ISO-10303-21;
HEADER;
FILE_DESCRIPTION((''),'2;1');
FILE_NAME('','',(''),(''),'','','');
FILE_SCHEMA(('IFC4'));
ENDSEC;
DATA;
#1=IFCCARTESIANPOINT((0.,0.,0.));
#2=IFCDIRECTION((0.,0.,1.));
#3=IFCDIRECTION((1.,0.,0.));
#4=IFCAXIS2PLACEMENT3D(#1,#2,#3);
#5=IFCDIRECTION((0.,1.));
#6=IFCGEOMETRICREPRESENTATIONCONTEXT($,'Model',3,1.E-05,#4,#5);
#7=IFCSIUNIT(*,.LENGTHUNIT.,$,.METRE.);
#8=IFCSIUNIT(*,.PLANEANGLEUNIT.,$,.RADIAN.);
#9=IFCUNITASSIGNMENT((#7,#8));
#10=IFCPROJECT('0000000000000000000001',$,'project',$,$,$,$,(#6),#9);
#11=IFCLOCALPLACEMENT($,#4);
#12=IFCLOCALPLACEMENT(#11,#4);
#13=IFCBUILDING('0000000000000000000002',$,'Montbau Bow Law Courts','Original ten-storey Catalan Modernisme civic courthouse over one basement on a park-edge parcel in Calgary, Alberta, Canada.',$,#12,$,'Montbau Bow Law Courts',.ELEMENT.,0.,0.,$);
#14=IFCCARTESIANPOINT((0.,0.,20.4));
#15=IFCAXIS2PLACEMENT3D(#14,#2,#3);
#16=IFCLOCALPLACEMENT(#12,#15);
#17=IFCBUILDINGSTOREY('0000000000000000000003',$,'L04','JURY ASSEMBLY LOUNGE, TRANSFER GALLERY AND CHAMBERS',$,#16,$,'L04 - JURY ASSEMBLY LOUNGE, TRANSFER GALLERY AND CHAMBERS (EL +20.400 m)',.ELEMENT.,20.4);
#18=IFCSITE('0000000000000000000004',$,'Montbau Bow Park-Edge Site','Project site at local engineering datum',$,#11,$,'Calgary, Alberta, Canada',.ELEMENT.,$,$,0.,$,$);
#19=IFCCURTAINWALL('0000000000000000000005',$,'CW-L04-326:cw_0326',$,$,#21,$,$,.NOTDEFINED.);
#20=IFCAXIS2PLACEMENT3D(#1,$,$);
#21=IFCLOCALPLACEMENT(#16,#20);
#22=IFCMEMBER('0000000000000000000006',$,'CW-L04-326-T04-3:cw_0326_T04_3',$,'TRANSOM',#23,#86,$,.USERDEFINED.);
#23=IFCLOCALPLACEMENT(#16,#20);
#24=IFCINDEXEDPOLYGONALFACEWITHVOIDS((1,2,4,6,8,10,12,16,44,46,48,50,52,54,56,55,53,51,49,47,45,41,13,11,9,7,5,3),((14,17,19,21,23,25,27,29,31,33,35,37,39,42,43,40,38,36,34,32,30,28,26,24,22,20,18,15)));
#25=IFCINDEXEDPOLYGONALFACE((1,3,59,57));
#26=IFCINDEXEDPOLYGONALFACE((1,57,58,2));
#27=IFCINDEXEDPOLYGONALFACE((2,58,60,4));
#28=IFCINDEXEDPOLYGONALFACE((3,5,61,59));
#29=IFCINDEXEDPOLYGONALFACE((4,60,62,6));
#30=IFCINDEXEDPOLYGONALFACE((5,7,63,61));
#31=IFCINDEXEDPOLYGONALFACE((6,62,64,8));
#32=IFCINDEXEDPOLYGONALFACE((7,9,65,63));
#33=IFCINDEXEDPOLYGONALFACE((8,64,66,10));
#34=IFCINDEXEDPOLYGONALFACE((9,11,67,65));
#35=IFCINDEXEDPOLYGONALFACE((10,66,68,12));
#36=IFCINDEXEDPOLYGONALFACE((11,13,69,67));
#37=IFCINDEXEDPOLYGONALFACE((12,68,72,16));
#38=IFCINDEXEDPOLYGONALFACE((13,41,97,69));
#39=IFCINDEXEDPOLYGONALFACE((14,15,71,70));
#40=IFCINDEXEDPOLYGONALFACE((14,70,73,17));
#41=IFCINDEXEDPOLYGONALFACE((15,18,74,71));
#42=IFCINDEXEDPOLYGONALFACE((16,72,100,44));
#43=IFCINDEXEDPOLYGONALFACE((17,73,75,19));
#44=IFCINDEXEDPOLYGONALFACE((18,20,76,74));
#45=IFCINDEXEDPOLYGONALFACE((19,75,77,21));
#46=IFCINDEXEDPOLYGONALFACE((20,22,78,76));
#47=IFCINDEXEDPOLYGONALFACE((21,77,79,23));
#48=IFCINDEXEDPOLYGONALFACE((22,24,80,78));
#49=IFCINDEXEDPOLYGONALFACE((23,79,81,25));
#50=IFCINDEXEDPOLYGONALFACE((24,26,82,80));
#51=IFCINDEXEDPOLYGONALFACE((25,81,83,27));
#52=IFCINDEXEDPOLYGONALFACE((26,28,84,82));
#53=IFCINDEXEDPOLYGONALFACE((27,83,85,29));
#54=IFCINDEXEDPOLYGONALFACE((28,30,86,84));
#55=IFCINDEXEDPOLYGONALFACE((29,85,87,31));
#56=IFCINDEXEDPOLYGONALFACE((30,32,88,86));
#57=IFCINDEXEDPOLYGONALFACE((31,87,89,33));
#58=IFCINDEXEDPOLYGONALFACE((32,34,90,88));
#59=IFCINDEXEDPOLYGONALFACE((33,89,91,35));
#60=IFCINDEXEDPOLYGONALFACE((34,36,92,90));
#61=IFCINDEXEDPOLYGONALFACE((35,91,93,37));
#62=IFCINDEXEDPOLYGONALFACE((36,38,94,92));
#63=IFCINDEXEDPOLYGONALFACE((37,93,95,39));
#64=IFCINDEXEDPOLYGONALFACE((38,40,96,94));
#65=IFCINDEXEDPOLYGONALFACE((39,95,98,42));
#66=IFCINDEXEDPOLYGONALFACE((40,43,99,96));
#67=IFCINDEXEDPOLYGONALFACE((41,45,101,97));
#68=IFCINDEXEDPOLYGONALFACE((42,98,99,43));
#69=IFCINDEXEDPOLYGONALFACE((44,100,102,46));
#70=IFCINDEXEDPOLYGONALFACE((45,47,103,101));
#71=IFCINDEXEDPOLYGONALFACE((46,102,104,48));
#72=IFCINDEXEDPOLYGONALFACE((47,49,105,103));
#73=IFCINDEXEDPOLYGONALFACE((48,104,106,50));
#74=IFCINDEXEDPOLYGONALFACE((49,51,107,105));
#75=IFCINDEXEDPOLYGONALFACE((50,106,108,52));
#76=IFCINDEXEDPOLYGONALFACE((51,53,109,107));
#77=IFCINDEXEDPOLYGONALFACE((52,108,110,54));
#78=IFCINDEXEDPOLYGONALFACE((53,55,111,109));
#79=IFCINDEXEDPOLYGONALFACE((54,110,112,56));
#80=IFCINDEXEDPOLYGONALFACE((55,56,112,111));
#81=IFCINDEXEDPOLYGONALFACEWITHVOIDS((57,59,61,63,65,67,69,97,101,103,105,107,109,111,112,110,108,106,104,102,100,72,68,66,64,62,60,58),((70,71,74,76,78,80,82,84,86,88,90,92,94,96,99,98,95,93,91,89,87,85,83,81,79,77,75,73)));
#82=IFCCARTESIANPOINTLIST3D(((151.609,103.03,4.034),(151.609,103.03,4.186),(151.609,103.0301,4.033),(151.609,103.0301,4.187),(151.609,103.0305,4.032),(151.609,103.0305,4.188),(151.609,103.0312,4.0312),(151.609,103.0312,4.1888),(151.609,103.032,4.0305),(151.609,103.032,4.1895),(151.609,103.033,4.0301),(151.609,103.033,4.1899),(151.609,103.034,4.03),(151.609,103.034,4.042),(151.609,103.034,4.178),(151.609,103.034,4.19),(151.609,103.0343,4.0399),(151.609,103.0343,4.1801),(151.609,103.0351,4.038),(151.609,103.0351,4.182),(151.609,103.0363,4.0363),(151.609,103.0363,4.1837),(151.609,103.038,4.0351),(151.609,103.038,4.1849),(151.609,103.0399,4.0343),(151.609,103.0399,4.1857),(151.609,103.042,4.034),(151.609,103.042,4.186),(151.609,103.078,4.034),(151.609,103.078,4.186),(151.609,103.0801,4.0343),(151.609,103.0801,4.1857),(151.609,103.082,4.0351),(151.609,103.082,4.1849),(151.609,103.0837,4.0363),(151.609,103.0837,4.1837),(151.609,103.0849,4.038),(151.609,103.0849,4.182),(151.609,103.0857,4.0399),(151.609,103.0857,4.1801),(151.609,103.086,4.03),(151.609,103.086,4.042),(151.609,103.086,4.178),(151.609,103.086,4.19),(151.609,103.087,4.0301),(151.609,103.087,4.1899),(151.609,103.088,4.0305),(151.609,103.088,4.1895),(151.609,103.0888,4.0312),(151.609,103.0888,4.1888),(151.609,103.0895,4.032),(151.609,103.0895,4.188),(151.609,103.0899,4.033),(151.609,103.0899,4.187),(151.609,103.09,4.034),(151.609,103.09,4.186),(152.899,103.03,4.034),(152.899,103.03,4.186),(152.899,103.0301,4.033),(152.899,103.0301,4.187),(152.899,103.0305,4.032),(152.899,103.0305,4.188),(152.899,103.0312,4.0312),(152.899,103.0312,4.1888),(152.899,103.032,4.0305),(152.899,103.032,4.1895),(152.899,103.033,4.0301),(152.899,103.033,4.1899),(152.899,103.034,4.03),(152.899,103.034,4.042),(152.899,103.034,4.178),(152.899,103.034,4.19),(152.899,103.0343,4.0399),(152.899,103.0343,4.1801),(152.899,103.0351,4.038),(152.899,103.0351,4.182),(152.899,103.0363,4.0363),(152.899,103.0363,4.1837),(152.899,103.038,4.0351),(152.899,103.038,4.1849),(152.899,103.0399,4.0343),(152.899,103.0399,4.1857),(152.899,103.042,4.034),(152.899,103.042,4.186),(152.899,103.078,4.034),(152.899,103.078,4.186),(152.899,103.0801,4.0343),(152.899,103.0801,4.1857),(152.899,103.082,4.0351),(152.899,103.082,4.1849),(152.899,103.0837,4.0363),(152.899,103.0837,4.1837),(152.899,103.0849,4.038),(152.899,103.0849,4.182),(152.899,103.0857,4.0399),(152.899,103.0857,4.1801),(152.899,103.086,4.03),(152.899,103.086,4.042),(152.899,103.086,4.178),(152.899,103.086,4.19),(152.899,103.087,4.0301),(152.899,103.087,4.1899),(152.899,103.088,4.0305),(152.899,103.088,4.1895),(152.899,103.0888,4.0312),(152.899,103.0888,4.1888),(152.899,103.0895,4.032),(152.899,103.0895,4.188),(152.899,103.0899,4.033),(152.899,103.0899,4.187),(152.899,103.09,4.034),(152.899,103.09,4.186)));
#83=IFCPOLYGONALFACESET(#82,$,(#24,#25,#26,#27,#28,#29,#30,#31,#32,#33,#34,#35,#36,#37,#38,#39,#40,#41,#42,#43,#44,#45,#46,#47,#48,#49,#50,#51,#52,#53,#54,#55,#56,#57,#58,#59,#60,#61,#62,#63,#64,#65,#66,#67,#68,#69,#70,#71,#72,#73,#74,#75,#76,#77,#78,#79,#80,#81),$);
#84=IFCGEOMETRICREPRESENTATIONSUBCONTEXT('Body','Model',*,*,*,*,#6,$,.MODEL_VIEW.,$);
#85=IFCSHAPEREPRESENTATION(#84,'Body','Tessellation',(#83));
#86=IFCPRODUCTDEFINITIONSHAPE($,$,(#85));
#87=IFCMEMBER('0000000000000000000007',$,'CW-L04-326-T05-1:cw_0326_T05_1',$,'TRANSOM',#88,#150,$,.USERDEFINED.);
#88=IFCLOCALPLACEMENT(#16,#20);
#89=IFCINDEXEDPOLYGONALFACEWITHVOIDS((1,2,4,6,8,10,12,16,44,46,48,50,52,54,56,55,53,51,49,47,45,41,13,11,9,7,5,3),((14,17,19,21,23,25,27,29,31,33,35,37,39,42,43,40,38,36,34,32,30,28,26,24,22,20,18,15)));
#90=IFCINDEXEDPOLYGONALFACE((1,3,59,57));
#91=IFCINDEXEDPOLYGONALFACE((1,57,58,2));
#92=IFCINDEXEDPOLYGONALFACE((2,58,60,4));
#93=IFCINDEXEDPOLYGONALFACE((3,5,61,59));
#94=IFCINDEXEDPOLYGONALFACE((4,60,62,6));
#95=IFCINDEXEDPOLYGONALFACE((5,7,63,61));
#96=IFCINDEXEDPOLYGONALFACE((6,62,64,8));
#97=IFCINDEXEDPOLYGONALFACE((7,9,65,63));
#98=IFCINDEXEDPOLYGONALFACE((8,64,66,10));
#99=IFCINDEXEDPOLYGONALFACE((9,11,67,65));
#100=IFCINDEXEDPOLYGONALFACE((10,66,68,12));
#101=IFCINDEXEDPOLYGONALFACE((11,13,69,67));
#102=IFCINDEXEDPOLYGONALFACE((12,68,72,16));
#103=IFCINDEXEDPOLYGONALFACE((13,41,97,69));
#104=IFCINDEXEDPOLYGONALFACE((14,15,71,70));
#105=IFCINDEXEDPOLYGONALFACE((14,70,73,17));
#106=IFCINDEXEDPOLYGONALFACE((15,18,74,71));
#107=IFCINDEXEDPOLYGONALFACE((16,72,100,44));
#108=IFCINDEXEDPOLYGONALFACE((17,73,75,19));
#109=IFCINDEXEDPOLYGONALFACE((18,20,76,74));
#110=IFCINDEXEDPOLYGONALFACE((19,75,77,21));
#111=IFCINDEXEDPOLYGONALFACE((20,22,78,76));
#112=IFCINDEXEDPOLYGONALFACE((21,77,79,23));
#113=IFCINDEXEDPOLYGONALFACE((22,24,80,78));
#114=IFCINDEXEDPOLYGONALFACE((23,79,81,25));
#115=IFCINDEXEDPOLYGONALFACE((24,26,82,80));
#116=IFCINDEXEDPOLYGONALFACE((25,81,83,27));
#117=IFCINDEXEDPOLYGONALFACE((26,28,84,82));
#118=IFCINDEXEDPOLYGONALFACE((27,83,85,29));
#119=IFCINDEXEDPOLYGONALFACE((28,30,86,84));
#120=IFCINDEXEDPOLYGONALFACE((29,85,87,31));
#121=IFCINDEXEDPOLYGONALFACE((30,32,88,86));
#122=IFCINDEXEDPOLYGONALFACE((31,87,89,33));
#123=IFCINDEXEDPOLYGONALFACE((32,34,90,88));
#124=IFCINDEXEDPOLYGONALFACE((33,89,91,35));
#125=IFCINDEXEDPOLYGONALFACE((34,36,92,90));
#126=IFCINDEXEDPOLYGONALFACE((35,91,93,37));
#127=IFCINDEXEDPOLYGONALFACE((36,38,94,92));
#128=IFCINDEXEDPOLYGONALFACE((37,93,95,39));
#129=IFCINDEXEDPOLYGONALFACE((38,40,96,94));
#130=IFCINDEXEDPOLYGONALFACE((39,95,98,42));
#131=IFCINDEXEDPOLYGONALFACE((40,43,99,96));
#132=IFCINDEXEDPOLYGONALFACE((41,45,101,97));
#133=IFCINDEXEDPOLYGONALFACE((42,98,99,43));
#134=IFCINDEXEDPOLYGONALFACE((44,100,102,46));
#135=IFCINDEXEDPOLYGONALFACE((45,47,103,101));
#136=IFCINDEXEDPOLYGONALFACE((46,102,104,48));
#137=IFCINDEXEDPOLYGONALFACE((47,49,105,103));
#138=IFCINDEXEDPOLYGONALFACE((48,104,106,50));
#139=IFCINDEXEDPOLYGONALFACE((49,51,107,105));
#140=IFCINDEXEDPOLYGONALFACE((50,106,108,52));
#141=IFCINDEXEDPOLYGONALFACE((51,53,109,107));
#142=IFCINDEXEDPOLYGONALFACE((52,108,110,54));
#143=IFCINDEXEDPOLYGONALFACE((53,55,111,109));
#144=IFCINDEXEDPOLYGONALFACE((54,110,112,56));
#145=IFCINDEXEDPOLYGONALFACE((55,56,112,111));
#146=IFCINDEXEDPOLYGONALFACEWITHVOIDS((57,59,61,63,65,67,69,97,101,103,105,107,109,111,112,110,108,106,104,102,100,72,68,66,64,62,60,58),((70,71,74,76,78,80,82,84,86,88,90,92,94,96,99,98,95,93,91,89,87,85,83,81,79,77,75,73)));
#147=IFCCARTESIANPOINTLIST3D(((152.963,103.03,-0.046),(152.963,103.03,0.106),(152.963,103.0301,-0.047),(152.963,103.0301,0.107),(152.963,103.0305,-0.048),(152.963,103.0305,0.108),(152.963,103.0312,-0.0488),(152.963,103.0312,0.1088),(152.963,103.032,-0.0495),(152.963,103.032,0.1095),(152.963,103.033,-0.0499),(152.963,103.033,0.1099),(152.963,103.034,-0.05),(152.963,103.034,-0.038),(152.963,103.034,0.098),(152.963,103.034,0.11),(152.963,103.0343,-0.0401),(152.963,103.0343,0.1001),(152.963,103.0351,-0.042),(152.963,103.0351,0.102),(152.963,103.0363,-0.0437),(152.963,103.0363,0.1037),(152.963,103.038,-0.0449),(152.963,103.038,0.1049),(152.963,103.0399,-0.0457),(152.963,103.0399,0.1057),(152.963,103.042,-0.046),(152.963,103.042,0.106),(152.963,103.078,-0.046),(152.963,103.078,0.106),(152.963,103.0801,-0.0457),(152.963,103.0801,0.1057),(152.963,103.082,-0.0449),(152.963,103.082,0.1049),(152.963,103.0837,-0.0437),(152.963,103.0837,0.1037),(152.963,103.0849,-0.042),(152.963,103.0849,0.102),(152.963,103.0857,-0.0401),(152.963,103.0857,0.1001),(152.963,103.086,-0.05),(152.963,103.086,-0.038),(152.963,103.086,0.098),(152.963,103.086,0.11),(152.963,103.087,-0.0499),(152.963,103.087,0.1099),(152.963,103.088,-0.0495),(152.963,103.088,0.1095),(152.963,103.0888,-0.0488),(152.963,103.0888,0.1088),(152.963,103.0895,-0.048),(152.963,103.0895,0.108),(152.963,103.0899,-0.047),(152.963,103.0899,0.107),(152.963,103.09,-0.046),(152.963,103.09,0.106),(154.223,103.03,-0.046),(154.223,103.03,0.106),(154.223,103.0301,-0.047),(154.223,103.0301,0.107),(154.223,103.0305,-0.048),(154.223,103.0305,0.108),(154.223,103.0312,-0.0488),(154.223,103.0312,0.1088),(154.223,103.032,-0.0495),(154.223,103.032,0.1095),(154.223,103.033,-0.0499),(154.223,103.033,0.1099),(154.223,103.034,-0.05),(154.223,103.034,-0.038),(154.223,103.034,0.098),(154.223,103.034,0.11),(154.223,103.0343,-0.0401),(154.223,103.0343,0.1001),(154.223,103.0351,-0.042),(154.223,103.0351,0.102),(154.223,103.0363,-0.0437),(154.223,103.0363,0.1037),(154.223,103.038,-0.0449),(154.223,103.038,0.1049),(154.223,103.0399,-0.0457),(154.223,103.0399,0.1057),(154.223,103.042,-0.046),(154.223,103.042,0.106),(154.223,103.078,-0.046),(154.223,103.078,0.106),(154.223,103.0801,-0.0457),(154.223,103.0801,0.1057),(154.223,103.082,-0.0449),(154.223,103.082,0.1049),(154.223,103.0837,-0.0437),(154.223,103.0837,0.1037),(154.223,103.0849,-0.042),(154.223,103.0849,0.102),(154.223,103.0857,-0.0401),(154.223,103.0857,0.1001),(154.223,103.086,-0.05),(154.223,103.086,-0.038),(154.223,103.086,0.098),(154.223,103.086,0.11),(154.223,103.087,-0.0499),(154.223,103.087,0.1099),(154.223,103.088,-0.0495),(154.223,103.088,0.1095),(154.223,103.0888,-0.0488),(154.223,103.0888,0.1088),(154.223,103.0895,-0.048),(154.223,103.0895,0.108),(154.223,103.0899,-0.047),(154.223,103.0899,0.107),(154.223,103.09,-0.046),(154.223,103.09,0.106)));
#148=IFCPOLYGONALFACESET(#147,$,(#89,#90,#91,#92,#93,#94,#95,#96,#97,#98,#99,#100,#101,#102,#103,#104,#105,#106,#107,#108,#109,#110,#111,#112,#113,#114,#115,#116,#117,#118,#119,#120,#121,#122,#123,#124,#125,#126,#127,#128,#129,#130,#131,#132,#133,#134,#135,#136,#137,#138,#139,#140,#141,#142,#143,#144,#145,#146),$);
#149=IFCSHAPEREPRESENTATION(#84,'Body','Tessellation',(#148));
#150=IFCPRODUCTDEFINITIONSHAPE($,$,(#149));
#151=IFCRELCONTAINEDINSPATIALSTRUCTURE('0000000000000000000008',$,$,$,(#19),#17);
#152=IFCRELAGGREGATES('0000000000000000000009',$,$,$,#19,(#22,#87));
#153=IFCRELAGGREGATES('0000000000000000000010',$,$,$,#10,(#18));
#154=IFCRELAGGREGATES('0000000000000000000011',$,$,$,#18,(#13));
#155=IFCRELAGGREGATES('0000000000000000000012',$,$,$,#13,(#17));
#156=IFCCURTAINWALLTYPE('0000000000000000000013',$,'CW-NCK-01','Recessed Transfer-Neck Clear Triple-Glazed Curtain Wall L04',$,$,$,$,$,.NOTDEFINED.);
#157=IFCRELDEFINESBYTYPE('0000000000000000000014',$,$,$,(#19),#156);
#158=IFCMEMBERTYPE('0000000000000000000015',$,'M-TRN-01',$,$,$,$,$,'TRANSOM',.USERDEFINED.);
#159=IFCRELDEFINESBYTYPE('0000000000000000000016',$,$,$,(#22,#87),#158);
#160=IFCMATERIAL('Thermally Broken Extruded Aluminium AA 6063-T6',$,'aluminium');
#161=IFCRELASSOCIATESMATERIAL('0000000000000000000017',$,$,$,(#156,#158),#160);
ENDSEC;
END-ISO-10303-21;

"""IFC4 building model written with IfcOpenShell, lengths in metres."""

from ifc_helpers import new_model, si_unit, direction, frame, origin_with_axes, origin_2d_with_axis, place, context, subcontext, project, spatial, hollow_rectangle, extrude, material, material_profile, profile_set, type_object, element, aggregate, save


model = new_model("IFC4")

# Units and contexts
model_context = context("Model", 3, precision=1e-05, world=origin_with_axes(), true_north=direction((0.0, 1.0)))
body_context = subcontext(model_context, "Body", "Model", "MODEL_VIEW")
ifc_project = project(units=[si_unit("LENGTHUNIT", "METRE"), si_unit("PLANEANGLEUNIT", "RADIAN")], contexts=[model_context])

# Site, building, storey
site_placement = place(None, origin_with_axes())
site = spatial("IfcSite", under=ifc_project, at=site_placement, Name="Montbau Bow Park-Edge Site", Description="Project site at local engineering datum", LongName="Calgary, Alberta, Canada", CompositionType="ELEMENT", RefElevation=0.0)
building_placement = place(site_placement, origin_with_axes())
building = spatial("IfcBuilding", under=site, at=building_placement, Name="Montbau Bow Law Courts", Description="Original ten-storey Catalan Modernisme civic courthouse over one basement on a park-edge parcel in Calgary, Alberta, Canada.", LongName="Montbau Bow Law Courts", CompositionType="ELEMENT", ElevationOfRefHeight=0.0, ElevationOfTerrain=0.0)
storey_placement = place(building_placement, frame((0.0, 0.0, 20.4), z_axis=(0.0, 0.0, 1.0), x_axis=(1.0, 0.0, 0.0)))
storey = spatial("IfcBuildingStorey", under=building, at=storey_placement, Name="L04", Description="JURY ASSEMBLY LOUNGE, TRANSFER GALLERY AND CHAMBERS", LongName="L04 - JURY ASSEMBLY LOUNGE, TRANSFER GALLERY AND CHAMBERS (EL +20.400 m)", CompositionType="ELEMENT", Elevation=20.4)

# Curtain wall, members
ifc_material_1 = material(Name="Thermally Broken Extruded Aluminium AA 6063-T6", Category="aluminium")
curtain_wall_type = type_object("IfcCurtainWallType", Name="CW-NCK-01", Description="Recessed Transfer-Neck Clear Triple-Glazed Curtain Wall L04", PredefinedType="NOTDEFINED", material=ifc_material_1)
curtain_wall_placement = place(None, frame((147.515, 103.06, 20.4), z_axis=(0.0, 0.0, 1.0), x_axis=(1.0, 0.0, 0.0)))
curtain_wall = element("IfcCurtainWall", 1, at=curtain_wall_placement, inside=storey, type_object=curtain_wall_type, Name="CW-L04-326:cw_0326", PredefinedType="NOTDEFINED")
ifc_material_profile_1 = material_profile(ifc_material_1, hollow_rectangle(XDim=0.06, YDim=0.16, WallThickness=0.004, InnerFilletRadius=0.008, OuterFilletRadius=0.004, at=origin_2d_with_axis()), Name="CWT-160X60", Category="Main", Priority=0)
ifc_profile_set_1 = profile_set([ifc_material_profile_1], Name="Thermally Broken Extruded Aluminium AA 6063-T6")
member_type_1 = type_object("IfcMemberType", Name="M-TRN-01", ElementType="TRANSOM", PredefinedType="USERDEFINED", material=ifc_profile_set_1)
member_1_placement = place(None, frame((151.609, 103.06, 24.51), z_axis=(1.0, 0.0, 0.0), x_axis=(0.0, 1.0, 0.0)))
member_1 = element("IfcMember", 2, at=member_1_placement, type_object=member_type_1, Name="CW-L04-326-T04-3:cw_0326_T04_3", ObjectType="TRANSOM", PredefinedType="USERDEFINED", context=body_context, shape_type="SweptSolid", body=[
    extrude(hollow_rectangle(XDim=0.06, YDim=0.16, WallThickness=0.004, InnerFilletRadius=0.008, OuterFilletRadius=0.004, at=origin_2d_with_axis()), origin_with_axes(), (0.0, 0.0, 1.0), 1.29),
])
member_2_placement = place(None, frame((152.963, 103.06, 20.43), z_axis=(1.0, 0.0, 0.0), x_axis=(0.0, 1.0, 0.0)))
member_2 = element("IfcMember", 3, at=member_2_placement, type_object=member_type_1, Name="CW-L04-326-T05-1:cw_0326_T05_1", ObjectType="TRANSOM", PredefinedType="USERDEFINED", context=body_context, shape_type="SweptSolid", body=[
    extrude(hollow_rectangle(XDim=0.06, YDim=0.16, WallThickness=0.004, InnerFilletRadius=0.008, OuterFilletRadius=0.004, at=origin_2d_with_axis()), origin_with_axes(), (0.0, 0.0, 1.0), 1.26),
])
aggregate(curtain_wall, [member_1, member_2])

save(model, "model.ifc")
